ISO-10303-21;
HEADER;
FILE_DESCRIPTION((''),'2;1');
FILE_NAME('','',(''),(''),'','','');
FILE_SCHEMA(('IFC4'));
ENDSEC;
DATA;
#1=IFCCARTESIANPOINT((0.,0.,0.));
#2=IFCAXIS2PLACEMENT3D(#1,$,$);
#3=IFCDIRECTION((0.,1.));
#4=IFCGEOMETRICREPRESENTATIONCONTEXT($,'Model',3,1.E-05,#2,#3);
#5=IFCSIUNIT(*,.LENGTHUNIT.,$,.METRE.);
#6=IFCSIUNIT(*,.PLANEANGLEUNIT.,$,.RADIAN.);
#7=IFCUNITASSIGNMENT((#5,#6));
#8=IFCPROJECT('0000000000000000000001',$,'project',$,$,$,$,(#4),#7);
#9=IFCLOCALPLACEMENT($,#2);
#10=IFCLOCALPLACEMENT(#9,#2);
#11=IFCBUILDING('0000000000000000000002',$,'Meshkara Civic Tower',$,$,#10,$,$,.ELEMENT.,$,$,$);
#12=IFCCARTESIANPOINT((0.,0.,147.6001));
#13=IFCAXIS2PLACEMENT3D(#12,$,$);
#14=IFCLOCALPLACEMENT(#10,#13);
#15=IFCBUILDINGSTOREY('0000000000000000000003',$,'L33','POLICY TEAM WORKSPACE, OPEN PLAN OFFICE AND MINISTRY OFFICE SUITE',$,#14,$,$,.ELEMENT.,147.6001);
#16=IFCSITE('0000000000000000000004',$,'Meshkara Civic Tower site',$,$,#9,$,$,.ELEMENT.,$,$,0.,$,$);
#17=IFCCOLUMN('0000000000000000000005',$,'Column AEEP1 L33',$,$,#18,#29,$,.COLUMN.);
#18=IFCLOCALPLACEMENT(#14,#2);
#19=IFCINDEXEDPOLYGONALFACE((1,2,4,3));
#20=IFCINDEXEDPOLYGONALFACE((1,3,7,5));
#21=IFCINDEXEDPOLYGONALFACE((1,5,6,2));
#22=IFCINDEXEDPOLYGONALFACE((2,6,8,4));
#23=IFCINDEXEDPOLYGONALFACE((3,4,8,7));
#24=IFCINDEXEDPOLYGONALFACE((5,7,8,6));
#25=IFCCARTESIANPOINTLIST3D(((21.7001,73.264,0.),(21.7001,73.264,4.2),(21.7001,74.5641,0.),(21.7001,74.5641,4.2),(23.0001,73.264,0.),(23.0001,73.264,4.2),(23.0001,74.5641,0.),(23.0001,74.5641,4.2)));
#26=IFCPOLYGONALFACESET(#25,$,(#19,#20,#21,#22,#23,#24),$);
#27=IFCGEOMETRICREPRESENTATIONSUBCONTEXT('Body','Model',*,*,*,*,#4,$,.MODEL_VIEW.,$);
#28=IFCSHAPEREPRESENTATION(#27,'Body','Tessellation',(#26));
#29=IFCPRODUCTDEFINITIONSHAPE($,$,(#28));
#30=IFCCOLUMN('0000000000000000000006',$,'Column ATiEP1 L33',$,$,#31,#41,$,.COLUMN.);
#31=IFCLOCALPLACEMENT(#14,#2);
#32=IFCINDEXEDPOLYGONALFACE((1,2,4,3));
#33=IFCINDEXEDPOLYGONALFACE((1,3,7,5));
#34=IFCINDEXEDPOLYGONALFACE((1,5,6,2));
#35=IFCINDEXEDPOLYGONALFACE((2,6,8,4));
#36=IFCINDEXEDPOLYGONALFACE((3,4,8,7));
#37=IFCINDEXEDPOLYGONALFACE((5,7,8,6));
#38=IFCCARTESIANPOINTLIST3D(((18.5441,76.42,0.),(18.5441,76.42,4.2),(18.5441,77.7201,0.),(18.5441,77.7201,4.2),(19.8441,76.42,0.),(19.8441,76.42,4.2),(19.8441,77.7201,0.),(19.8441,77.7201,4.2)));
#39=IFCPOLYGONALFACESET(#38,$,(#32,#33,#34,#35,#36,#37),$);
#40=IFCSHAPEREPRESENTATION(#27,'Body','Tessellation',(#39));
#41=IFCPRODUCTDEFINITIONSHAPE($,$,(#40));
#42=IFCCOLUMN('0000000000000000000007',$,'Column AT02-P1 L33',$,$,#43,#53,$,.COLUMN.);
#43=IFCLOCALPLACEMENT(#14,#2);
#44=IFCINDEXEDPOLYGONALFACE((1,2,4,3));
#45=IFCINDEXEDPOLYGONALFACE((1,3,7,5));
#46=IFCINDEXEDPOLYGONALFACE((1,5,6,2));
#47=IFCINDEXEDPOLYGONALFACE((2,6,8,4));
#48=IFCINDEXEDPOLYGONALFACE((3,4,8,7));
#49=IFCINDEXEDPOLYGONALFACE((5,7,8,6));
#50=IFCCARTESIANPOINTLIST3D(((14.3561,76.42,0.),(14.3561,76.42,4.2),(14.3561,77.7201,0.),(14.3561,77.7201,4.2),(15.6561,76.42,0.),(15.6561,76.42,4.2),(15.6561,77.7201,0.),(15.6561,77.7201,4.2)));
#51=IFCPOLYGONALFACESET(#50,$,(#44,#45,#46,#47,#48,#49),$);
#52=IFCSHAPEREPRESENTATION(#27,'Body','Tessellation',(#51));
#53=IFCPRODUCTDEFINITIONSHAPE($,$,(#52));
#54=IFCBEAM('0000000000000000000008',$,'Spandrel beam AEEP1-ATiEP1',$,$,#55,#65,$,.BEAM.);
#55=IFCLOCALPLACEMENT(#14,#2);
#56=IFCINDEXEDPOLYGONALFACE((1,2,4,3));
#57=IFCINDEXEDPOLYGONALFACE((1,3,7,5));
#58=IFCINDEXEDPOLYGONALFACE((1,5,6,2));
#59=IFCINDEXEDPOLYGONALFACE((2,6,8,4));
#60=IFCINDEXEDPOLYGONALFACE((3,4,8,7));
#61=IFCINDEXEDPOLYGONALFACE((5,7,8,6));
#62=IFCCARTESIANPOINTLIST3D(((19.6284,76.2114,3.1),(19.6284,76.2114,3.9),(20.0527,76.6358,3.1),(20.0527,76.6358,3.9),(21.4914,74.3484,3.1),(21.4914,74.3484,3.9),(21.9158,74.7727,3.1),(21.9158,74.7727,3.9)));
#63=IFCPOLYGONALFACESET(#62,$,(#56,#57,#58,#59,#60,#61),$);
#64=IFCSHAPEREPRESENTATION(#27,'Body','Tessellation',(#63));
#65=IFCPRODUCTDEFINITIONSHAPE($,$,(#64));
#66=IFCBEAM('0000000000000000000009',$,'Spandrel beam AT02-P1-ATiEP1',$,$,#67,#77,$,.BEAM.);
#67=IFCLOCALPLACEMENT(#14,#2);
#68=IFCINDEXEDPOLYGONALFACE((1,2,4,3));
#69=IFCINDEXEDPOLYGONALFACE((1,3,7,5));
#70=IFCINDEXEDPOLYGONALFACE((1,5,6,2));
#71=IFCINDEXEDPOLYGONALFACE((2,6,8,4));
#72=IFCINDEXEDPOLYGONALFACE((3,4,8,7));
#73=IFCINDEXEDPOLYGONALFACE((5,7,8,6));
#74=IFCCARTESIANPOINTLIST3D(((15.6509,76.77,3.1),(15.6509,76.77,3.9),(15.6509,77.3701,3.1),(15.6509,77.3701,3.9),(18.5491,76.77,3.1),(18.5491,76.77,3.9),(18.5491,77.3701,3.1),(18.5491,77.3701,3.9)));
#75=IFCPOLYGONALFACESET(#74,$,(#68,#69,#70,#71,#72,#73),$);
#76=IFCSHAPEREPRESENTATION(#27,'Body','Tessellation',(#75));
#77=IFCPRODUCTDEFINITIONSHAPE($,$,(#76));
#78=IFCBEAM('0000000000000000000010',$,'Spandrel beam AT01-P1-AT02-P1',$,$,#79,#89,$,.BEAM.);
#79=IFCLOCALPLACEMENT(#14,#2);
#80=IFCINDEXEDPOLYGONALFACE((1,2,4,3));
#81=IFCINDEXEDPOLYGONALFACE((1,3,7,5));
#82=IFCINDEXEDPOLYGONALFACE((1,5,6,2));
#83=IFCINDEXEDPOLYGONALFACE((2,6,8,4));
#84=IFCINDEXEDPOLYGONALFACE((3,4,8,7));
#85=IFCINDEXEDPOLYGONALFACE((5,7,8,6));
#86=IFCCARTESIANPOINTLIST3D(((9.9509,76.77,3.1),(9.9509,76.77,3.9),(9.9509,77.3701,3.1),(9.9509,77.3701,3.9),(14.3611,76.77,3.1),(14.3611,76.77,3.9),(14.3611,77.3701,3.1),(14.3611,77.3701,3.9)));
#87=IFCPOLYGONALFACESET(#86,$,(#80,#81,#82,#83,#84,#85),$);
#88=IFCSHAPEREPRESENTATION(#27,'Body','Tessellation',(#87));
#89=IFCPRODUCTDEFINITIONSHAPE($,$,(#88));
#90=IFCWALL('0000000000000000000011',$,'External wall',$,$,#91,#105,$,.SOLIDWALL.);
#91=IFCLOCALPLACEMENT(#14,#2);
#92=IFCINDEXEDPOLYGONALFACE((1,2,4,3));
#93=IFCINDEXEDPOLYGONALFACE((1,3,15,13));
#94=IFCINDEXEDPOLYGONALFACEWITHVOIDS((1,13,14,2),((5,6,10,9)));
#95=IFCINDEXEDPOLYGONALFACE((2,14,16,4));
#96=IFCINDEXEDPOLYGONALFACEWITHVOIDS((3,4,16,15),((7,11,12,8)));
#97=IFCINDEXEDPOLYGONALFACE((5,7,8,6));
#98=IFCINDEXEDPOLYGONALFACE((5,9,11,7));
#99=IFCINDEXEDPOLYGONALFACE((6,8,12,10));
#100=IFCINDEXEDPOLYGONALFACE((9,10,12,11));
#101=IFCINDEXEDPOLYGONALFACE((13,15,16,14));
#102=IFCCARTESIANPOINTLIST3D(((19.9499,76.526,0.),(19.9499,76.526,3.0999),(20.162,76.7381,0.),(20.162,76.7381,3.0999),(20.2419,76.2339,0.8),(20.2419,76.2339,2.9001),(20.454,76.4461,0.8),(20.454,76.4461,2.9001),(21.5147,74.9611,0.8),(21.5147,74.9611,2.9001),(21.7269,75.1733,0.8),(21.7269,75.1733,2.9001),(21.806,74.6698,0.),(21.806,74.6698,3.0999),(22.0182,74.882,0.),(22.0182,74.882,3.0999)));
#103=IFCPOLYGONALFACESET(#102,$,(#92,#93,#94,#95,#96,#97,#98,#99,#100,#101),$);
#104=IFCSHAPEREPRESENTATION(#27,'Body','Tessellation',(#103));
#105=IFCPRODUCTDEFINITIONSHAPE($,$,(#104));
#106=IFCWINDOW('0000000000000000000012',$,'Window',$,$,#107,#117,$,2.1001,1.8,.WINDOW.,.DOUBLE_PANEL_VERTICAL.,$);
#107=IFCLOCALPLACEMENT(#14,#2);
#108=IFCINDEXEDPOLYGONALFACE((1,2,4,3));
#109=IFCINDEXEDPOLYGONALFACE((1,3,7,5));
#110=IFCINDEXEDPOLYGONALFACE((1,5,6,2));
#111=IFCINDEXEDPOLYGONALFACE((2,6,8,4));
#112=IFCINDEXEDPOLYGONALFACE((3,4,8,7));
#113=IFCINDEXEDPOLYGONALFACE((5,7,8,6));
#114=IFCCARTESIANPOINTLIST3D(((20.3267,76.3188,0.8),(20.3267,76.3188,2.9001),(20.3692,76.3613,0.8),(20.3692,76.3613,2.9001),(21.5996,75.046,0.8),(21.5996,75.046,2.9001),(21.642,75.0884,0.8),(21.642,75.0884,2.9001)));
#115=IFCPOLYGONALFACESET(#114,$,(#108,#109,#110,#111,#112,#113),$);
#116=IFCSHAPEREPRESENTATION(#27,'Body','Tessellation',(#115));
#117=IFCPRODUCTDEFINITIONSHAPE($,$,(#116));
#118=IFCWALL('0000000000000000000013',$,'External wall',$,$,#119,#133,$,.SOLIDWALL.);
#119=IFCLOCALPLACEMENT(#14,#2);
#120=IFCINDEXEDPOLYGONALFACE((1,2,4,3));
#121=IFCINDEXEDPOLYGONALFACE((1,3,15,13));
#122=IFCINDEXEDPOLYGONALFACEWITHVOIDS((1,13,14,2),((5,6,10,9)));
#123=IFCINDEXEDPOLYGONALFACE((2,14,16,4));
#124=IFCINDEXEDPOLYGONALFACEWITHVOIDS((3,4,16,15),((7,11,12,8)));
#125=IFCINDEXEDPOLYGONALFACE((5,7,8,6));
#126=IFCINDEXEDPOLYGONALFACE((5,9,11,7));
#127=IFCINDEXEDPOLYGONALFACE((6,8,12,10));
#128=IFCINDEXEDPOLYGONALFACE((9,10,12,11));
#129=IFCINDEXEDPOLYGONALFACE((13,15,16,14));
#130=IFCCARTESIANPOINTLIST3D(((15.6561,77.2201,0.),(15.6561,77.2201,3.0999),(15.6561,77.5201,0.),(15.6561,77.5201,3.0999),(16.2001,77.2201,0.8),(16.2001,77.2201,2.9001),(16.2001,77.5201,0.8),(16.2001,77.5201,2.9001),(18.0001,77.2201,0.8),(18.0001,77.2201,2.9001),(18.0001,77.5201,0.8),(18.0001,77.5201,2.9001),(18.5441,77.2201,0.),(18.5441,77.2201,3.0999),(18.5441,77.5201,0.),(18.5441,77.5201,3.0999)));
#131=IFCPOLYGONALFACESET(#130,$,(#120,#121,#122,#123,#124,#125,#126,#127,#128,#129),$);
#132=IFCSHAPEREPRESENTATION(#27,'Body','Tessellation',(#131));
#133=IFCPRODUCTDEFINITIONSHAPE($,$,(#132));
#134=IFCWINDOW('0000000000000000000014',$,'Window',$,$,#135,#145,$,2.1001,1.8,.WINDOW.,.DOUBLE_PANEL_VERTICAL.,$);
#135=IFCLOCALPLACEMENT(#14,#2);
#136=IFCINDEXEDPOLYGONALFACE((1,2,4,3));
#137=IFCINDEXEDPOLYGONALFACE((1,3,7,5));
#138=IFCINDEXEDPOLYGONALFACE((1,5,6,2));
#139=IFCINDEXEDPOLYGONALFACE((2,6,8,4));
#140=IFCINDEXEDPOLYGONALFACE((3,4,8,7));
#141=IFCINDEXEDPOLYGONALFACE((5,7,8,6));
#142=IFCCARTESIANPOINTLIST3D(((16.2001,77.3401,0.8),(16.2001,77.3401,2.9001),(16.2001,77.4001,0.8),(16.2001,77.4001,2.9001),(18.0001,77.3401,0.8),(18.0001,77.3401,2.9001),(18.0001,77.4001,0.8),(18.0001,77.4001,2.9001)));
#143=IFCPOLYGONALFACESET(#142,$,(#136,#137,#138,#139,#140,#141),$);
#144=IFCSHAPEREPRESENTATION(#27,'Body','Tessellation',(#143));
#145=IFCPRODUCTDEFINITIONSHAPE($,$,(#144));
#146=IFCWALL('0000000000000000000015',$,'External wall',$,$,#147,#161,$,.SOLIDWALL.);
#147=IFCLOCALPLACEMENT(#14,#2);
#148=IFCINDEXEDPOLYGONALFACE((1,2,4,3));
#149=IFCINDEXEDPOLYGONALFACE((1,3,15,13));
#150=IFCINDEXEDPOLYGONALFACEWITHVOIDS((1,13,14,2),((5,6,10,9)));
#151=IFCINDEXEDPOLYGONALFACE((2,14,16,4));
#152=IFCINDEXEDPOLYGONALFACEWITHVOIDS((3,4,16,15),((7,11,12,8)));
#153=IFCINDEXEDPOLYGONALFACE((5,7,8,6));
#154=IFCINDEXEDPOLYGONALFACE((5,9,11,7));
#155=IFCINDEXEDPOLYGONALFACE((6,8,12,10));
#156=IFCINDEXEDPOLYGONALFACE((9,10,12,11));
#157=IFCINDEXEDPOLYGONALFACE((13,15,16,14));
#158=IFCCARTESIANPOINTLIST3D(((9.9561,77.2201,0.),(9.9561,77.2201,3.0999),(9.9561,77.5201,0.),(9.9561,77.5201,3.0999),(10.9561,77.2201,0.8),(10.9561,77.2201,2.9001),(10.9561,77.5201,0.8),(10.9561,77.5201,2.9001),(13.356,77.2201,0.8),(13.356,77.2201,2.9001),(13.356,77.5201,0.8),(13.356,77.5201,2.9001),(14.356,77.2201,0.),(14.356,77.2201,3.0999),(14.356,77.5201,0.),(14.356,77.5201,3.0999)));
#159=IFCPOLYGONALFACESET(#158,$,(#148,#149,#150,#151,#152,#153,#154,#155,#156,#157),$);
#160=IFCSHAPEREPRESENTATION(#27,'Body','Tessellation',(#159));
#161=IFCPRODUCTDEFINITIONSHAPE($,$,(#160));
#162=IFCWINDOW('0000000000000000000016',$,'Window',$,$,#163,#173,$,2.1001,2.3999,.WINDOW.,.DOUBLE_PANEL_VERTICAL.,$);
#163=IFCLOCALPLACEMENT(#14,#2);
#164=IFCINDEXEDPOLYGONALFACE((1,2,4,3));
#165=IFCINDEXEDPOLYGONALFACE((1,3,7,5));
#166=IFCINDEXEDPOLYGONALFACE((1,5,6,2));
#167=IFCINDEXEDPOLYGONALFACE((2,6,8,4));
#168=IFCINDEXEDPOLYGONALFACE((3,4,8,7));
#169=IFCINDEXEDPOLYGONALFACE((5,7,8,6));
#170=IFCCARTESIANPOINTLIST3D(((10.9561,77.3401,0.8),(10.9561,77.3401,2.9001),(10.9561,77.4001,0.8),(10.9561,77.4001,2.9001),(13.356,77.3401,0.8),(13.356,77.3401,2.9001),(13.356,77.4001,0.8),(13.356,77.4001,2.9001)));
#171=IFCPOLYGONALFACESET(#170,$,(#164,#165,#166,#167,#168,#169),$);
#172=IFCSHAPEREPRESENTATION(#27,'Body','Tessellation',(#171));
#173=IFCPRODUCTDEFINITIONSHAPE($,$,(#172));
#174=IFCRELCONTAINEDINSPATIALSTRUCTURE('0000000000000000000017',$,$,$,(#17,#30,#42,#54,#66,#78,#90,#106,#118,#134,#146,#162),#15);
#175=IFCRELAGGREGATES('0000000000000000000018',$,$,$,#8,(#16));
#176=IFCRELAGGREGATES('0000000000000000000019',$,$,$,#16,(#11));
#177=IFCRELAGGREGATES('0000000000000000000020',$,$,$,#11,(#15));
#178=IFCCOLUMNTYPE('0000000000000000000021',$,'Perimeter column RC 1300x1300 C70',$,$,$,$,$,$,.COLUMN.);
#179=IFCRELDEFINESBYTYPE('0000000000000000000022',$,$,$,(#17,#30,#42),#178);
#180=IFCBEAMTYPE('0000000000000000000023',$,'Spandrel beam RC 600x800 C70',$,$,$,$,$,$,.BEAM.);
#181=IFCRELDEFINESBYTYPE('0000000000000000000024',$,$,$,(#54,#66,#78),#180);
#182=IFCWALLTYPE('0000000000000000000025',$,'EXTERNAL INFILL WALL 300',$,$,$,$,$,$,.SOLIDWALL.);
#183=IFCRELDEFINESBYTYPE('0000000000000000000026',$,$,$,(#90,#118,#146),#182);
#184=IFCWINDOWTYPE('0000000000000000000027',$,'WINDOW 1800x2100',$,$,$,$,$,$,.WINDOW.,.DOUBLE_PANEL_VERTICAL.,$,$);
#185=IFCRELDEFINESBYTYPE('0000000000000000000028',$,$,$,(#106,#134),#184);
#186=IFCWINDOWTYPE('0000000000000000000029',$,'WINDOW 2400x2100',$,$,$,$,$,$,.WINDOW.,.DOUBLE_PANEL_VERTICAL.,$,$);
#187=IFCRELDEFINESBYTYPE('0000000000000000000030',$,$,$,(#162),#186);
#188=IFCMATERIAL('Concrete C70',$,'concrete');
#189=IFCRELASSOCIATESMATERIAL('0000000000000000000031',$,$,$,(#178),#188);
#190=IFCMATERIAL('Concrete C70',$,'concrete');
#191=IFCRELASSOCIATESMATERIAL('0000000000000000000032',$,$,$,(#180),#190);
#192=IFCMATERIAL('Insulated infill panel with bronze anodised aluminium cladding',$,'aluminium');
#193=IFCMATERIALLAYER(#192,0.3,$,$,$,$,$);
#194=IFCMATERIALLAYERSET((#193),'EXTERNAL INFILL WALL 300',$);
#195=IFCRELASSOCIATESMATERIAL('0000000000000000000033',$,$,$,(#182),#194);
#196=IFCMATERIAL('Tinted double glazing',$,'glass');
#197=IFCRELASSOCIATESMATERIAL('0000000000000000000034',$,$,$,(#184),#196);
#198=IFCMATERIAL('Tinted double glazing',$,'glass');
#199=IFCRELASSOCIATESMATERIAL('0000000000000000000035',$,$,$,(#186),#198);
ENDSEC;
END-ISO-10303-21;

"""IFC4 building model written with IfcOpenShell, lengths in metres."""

from ifc_helpers import new_model, si_unit, direction, frame, frame_2d, origin, origin_2d, place, context, subcontext, project, spatial, rectangle, extrude, material, layer, layer_set, material_profile, profile_set, type_object, element, fill, save


model = new_model("IFC4")

# Units and contexts
model_context = context("Model", 3, precision=1e-05, world=origin(), true_north=direction((0.0, 1.0)))
body_context = subcontext(model_context, "Body", "Model", "MODEL_VIEW")
ifc_project = project(units=[si_unit("LENGTHUNIT", "METRE"), si_unit("PLANEANGLEUNIT", "RADIAN")], contexts=[model_context])

# Site, building, storey
site_placement = place(None, origin())
site = spatial("IfcSite", under=ifc_project, at=site_placement, Name="Meshkara Civic Tower site", CompositionType="ELEMENT", RefElevation=0.0)
building_placement = place(site_placement, origin())
building = spatial("IfcBuilding", under=site, at=building_placement, Name="Meshkara Civic Tower", CompositionType="ELEMENT")
storey_placement = place(building_placement, frame((0.0, 0.0, 147.6001)))
storey = spatial("IfcBuildingStorey", under=building, at=storey_placement, Name="L33", Description="POLICY TEAM WORKSPACE, OPEN PLAN OFFICE AND MINISTRY OFFICE SUITE", CompositionType="ELEMENT", Elevation=147.6001)

# Columns
ifc_material_1 = material(Name="Concrete C70", Category="concrete")
ifc_material_profile_1 = material_profile(ifc_material_1, rectangle(XDim=1.3, YDim=1.3, at=origin_2d()))
ifc_profile_set_1 = profile_set([ifc_material_profile_1], Name="Concrete C70")
column_type = type_object("IfcColumnType", Name="Perimeter column RC 1300x1300 C70", PredefinedType="COLUMN", material=ifc_profile_set_1)
for number, where, z_axis, x_axis, name in (
    (1, (22.3501, 73.9141, 0.0), (0.0, 0.0, 1.0), (1.0, 0.0, 0.0), "Column AEEP1 L33"),
    (2, (19.1941, 77.0701, 0.0), (0.0, 0.0, 1.0), (1.0, 0.0, 0.0), "Column ATiEP1 L33"),
    (3, (15.0061, 77.0701, 0.0), (0.0, 0.0, 1.0), (1.0, 0.0, 0.0), "Column AT02-P1 L33"),
):
    element("IfcColumn", number, at=place(storey_placement, frame(where, z_axis=z_axis, x_axis=x_axis)), inside=storey, type_object=column_type, Name=name, PredefinedType="COLUMN", context=body_context, shape_type="SweptSolid", body=[
        extrude(rectangle(XDim=1.3, YDim=1.3, at=origin_2d()), origin(), (0.0, 0.0, 1.0), 4.2),
    ])

# Beams
ifc_material_2 = material(Name="Concrete C70", Category="concrete")
ifc_material_profile_2 = material_profile(ifc_material_2, rectangle(XDim=0.6001, YDim=0.8, at=origin_2d()))
ifc_profile_set_2 = profile_set([ifc_material_profile_2], Name="Concrete C70")
beam_type = type_object("IfcBeamType", Name="Spandrel beam RC 600x800 C70", PredefinedType="BEAM", material=ifc_profile_set_2)
beam_1_placement = place(storey_placement, frame((21.7036, 74.5605, 3.5), z_axis=(-0.707107, 0.707107, 0.0), x_axis=(-0.707107, -0.707107, 0.0)))
element("IfcBeam", 4, at=beam_1_placement, inside=storey, type_object=beam_type, Name="Spandrel beam AEEP1-ATiEP1", PredefinedType="BEAM", context=body_context, shape_type="SweptSolid", body=[
    extrude(rectangle(XDim=0.6001, YDim=0.8, at=origin_2d()), origin(), (0.0, 0.0, 1.0), 2.6348),
])
beam_2_placement = place(storey_placement, frame((18.5491, 77.0701, 3.5), z_axis=(-1.0, 0.0, 0.0), x_axis=(0.0, -1.0, 0.0)))
element("IfcBeam", 5, at=beam_2_placement, inside=storey, type_object=beam_type, Name="Spandrel beam AT02-P1-ATiEP1", PredefinedType="BEAM", context=body_context, shape_type="SweptSolid", body=[
    extrude(rectangle(XDim=0.6001, YDim=0.8, at=origin_2d()), origin(), (0.0, 0.0, 1.0), 2.8982),
])
beam_3_placement = place(storey_placement, frame((14.3611, 77.0701, 3.5), z_axis=(-1.0, 0.0, 0.0), x_axis=(0.0, -1.0, 0.0)))
element("IfcBeam", 6, at=beam_3_placement, inside=storey, type_object=beam_type, Name="Spandrel beam AT01-P1-AT02-P1", PredefinedType="BEAM", context=body_context, shape_type="SweptSolid", body=[
    extrude(rectangle(XDim=0.6001, YDim=0.8, at=origin_2d()), origin(), (0.0, 0.0, 1.0), 4.4102),
])

# Walls, openings, windows
ifc_material_3 = material(Name="Insulated infill panel with bronze anodised aluminium cladding", Category="aluminium")
ifc_layer_1 = layer(ifc_material_3, 0.3)
ifc_layer_set_1 = layer_set([ifc_layer_1], Name="EXTERNAL INFILL WALL 300")
wall_type = type_object("IfcWallType", Name="EXTERNAL INFILL WALL 300", PredefinedType="SOLIDWALL", material=ifc_layer_set_1)
wall_1_placement = place(storey_placement, frame((21.9121, 74.7759, 0.0), z_axis=(0.0, 0.0, 1.0), x_axis=(-0.707107, 0.707107, 0.0)))
wall_1 = element("IfcWall", 7, at=wall_1_placement, inside=storey, type_object=wall_type, Name="External wall", PredefinedType="SOLIDWALL", context=body_context, shape_type="SweptSolid", body=[
    extrude(rectangle(XDim=2.625, YDim=0.3, at=frame_2d((1.3125, 0.0))), origin(), (0.0, 0.0, 1.0), 3.0999),
])
opening_1_placement = place(wall_1_placement, frame((0.4121, 0.0, 0.8)))
opening_1 = element("IfcOpeningElement", 8, at=opening_1_placement, cuts=wall_1, PredefinedType="OPENING", context=body_context, shape_type="SweptSolid", body=[
    extrude(rectangle(XDim=1.8, YDim=2.1001, at=frame_2d((0.8999, 1.05))), frame((0.0, 0.1599, 0.0), z_axis=(0.0, -1.0, 0.0), x_axis=(1.0, 0.0, 0.0)), (0.0, 0.0, 1.0), 0.3201),
])
ifc_material_4 = material(Name="Tinted double glazing", Category="glass")
window_type_1 = type_object("IfcWindowType", Name="WINDOW 1800x2100", PartitioningType="DOUBLE_PANEL_VERTICAL", PredefinedType="WINDOW", material=ifc_material_4)
window_1_placement = place(opening_1_placement, origin())
window_1 = element("IfcWindow", 9, at=window_1_placement, inside=storey, type_object=window_type_1, Name="Window", OverallHeight=2.1001, OverallWidth=1.8, PartitioningType="DOUBLE_PANEL_VERTICAL", PredefinedType="WINDOW", context=body_context, shape_type="SweptSolid", body=[
    extrude(rectangle(XDim=1.8, YDim=2.1001, at=frame_2d((0.8999, 1.05))), frame((0.0, 0.03, 0.0), z_axis=(0.0, -1.0, 0.0), x_axis=(1.0, 0.0, 0.0)), (0.0, 0.0, 1.0), 0.0601),
])
fill(opening_1, window_1)
wall_2_placement = place(storey_placement, frame((18.5439, 77.3701, 0.0), z_axis=(0.0, 0.0, 1.0), x_axis=(-1.0, 0.0, 0.0)))
wall_2 = element("IfcWall", 10, at=wall_2_placement, inside=storey, type_object=wall_type, Name="External wall", PredefinedType="SOLIDWALL", context=body_context, shape_type="SweptSolid", body=[
    extrude(rectangle(XDim=2.8879, YDim=0.3, at=frame_2d((1.4438, 0.0))), origin(), (0.0, 0.0, 1.0), 3.0999),
])
opening_2_placement = place(wall_2_placement, frame((0.5439, 0.0, 0.8)))
opening_2 = element("IfcOpeningElement", 11, at=opening_2_placement, cuts=wall_2, PredefinedType="OPENING", context=body_context, shape_type="SweptSolid", body=[
    extrude(rectangle(XDim=1.8, YDim=2.1001, at=frame_2d((0.8999, 1.05))), frame((0.0, 0.1599, 0.0), z_axis=(0.0, -1.0, 0.0), x_axis=(1.0, 0.0, 0.0)), (0.0, 0.0, 1.0), 0.3201),
])
window_2_placement = place(opening_2_placement, origin())
window_2 = element("IfcWindow", 12, at=window_2_placement, inside=storey, type_object=window_type_1, Name="Window", OverallHeight=2.1001, OverallWidth=1.8, PartitioningType="DOUBLE_PANEL_VERTICAL", PredefinedType="WINDOW", context=body_context, shape_type="SweptSolid", body=[
    extrude(rectangle(XDim=1.8, YDim=2.1001, at=frame_2d((0.8999, 1.05))), frame((0.0, 0.03, 0.0), z_axis=(0.0, -1.0, 0.0), x_axis=(1.0, 0.0, 0.0)), (0.0, 0.0, 1.0), 0.0601),
])
fill(opening_2, window_2)
wall_3_placement = place(storey_placement, frame((14.356, 77.3701, 0.0), z_axis=(0.0, 0.0, 1.0), x_axis=(-1.0, 0.0, 0.0)))
wall_3 = element("IfcWall", 13, at=wall_3_placement, inside=storey, type_object=wall_type, Name="External wall", PredefinedType="SOLIDWALL", context=body_context, shape_type="SweptSolid", body=[
    extrude(rectangle(XDim=4.3999, YDim=0.3, at=frame_2d((2.2, 0.0))), origin(), (0.0, 0.0, 1.0), 3.0999),
])
opening_3_placement = place(wall_3_placement, frame((1.0, 0.0, 0.8)))
opening_3 = element("IfcOpeningElement", 14, at=opening_3_placement, cuts=wall_3, PredefinedType="OPENING", context=body_context, shape_type="SweptSolid", body=[
    extrude(rectangle(XDim=2.3999, YDim=2.1001, at=frame_2d((1.2, 1.05))), frame((0.0, 0.1599, 0.0), z_axis=(0.0, -1.0, 0.0), x_axis=(1.0, 0.0, 0.0)), (0.0, 0.0, 1.0), 0.3201),
])
ifc_material_5 = material(Name="Tinted double glazing", Category="glass")
window_type_2 = type_object("IfcWindowType", Name="WINDOW 2400x2100", PartitioningType="DOUBLE_PANEL_VERTICAL", PredefinedType="WINDOW", material=ifc_material_5)
window_3_placement = place(opening_3_placement, origin())
window_3 = element("IfcWindow", 15, at=window_3_placement, inside=storey, type_object=window_type_2, Name="Window", OverallHeight=2.1001, OverallWidth=2.3999, PartitioningType="DOUBLE_PANEL_VERTICAL", PredefinedType="WINDOW", context=body_context, shape_type="SweptSolid", body=[
    extrude(rectangle(XDim=2.3999, YDim=2.1001, at=frame_2d((1.2, 1.05))), frame((0.0, 0.03, 0.0), z_axis=(0.0, -1.0, 0.0), x_axis=(1.0, 0.0, 0.0)), (0.0, 0.0, 1.0), 0.0601),
])
fill(opening_3, window_3)

save(model, "model.ifc")
